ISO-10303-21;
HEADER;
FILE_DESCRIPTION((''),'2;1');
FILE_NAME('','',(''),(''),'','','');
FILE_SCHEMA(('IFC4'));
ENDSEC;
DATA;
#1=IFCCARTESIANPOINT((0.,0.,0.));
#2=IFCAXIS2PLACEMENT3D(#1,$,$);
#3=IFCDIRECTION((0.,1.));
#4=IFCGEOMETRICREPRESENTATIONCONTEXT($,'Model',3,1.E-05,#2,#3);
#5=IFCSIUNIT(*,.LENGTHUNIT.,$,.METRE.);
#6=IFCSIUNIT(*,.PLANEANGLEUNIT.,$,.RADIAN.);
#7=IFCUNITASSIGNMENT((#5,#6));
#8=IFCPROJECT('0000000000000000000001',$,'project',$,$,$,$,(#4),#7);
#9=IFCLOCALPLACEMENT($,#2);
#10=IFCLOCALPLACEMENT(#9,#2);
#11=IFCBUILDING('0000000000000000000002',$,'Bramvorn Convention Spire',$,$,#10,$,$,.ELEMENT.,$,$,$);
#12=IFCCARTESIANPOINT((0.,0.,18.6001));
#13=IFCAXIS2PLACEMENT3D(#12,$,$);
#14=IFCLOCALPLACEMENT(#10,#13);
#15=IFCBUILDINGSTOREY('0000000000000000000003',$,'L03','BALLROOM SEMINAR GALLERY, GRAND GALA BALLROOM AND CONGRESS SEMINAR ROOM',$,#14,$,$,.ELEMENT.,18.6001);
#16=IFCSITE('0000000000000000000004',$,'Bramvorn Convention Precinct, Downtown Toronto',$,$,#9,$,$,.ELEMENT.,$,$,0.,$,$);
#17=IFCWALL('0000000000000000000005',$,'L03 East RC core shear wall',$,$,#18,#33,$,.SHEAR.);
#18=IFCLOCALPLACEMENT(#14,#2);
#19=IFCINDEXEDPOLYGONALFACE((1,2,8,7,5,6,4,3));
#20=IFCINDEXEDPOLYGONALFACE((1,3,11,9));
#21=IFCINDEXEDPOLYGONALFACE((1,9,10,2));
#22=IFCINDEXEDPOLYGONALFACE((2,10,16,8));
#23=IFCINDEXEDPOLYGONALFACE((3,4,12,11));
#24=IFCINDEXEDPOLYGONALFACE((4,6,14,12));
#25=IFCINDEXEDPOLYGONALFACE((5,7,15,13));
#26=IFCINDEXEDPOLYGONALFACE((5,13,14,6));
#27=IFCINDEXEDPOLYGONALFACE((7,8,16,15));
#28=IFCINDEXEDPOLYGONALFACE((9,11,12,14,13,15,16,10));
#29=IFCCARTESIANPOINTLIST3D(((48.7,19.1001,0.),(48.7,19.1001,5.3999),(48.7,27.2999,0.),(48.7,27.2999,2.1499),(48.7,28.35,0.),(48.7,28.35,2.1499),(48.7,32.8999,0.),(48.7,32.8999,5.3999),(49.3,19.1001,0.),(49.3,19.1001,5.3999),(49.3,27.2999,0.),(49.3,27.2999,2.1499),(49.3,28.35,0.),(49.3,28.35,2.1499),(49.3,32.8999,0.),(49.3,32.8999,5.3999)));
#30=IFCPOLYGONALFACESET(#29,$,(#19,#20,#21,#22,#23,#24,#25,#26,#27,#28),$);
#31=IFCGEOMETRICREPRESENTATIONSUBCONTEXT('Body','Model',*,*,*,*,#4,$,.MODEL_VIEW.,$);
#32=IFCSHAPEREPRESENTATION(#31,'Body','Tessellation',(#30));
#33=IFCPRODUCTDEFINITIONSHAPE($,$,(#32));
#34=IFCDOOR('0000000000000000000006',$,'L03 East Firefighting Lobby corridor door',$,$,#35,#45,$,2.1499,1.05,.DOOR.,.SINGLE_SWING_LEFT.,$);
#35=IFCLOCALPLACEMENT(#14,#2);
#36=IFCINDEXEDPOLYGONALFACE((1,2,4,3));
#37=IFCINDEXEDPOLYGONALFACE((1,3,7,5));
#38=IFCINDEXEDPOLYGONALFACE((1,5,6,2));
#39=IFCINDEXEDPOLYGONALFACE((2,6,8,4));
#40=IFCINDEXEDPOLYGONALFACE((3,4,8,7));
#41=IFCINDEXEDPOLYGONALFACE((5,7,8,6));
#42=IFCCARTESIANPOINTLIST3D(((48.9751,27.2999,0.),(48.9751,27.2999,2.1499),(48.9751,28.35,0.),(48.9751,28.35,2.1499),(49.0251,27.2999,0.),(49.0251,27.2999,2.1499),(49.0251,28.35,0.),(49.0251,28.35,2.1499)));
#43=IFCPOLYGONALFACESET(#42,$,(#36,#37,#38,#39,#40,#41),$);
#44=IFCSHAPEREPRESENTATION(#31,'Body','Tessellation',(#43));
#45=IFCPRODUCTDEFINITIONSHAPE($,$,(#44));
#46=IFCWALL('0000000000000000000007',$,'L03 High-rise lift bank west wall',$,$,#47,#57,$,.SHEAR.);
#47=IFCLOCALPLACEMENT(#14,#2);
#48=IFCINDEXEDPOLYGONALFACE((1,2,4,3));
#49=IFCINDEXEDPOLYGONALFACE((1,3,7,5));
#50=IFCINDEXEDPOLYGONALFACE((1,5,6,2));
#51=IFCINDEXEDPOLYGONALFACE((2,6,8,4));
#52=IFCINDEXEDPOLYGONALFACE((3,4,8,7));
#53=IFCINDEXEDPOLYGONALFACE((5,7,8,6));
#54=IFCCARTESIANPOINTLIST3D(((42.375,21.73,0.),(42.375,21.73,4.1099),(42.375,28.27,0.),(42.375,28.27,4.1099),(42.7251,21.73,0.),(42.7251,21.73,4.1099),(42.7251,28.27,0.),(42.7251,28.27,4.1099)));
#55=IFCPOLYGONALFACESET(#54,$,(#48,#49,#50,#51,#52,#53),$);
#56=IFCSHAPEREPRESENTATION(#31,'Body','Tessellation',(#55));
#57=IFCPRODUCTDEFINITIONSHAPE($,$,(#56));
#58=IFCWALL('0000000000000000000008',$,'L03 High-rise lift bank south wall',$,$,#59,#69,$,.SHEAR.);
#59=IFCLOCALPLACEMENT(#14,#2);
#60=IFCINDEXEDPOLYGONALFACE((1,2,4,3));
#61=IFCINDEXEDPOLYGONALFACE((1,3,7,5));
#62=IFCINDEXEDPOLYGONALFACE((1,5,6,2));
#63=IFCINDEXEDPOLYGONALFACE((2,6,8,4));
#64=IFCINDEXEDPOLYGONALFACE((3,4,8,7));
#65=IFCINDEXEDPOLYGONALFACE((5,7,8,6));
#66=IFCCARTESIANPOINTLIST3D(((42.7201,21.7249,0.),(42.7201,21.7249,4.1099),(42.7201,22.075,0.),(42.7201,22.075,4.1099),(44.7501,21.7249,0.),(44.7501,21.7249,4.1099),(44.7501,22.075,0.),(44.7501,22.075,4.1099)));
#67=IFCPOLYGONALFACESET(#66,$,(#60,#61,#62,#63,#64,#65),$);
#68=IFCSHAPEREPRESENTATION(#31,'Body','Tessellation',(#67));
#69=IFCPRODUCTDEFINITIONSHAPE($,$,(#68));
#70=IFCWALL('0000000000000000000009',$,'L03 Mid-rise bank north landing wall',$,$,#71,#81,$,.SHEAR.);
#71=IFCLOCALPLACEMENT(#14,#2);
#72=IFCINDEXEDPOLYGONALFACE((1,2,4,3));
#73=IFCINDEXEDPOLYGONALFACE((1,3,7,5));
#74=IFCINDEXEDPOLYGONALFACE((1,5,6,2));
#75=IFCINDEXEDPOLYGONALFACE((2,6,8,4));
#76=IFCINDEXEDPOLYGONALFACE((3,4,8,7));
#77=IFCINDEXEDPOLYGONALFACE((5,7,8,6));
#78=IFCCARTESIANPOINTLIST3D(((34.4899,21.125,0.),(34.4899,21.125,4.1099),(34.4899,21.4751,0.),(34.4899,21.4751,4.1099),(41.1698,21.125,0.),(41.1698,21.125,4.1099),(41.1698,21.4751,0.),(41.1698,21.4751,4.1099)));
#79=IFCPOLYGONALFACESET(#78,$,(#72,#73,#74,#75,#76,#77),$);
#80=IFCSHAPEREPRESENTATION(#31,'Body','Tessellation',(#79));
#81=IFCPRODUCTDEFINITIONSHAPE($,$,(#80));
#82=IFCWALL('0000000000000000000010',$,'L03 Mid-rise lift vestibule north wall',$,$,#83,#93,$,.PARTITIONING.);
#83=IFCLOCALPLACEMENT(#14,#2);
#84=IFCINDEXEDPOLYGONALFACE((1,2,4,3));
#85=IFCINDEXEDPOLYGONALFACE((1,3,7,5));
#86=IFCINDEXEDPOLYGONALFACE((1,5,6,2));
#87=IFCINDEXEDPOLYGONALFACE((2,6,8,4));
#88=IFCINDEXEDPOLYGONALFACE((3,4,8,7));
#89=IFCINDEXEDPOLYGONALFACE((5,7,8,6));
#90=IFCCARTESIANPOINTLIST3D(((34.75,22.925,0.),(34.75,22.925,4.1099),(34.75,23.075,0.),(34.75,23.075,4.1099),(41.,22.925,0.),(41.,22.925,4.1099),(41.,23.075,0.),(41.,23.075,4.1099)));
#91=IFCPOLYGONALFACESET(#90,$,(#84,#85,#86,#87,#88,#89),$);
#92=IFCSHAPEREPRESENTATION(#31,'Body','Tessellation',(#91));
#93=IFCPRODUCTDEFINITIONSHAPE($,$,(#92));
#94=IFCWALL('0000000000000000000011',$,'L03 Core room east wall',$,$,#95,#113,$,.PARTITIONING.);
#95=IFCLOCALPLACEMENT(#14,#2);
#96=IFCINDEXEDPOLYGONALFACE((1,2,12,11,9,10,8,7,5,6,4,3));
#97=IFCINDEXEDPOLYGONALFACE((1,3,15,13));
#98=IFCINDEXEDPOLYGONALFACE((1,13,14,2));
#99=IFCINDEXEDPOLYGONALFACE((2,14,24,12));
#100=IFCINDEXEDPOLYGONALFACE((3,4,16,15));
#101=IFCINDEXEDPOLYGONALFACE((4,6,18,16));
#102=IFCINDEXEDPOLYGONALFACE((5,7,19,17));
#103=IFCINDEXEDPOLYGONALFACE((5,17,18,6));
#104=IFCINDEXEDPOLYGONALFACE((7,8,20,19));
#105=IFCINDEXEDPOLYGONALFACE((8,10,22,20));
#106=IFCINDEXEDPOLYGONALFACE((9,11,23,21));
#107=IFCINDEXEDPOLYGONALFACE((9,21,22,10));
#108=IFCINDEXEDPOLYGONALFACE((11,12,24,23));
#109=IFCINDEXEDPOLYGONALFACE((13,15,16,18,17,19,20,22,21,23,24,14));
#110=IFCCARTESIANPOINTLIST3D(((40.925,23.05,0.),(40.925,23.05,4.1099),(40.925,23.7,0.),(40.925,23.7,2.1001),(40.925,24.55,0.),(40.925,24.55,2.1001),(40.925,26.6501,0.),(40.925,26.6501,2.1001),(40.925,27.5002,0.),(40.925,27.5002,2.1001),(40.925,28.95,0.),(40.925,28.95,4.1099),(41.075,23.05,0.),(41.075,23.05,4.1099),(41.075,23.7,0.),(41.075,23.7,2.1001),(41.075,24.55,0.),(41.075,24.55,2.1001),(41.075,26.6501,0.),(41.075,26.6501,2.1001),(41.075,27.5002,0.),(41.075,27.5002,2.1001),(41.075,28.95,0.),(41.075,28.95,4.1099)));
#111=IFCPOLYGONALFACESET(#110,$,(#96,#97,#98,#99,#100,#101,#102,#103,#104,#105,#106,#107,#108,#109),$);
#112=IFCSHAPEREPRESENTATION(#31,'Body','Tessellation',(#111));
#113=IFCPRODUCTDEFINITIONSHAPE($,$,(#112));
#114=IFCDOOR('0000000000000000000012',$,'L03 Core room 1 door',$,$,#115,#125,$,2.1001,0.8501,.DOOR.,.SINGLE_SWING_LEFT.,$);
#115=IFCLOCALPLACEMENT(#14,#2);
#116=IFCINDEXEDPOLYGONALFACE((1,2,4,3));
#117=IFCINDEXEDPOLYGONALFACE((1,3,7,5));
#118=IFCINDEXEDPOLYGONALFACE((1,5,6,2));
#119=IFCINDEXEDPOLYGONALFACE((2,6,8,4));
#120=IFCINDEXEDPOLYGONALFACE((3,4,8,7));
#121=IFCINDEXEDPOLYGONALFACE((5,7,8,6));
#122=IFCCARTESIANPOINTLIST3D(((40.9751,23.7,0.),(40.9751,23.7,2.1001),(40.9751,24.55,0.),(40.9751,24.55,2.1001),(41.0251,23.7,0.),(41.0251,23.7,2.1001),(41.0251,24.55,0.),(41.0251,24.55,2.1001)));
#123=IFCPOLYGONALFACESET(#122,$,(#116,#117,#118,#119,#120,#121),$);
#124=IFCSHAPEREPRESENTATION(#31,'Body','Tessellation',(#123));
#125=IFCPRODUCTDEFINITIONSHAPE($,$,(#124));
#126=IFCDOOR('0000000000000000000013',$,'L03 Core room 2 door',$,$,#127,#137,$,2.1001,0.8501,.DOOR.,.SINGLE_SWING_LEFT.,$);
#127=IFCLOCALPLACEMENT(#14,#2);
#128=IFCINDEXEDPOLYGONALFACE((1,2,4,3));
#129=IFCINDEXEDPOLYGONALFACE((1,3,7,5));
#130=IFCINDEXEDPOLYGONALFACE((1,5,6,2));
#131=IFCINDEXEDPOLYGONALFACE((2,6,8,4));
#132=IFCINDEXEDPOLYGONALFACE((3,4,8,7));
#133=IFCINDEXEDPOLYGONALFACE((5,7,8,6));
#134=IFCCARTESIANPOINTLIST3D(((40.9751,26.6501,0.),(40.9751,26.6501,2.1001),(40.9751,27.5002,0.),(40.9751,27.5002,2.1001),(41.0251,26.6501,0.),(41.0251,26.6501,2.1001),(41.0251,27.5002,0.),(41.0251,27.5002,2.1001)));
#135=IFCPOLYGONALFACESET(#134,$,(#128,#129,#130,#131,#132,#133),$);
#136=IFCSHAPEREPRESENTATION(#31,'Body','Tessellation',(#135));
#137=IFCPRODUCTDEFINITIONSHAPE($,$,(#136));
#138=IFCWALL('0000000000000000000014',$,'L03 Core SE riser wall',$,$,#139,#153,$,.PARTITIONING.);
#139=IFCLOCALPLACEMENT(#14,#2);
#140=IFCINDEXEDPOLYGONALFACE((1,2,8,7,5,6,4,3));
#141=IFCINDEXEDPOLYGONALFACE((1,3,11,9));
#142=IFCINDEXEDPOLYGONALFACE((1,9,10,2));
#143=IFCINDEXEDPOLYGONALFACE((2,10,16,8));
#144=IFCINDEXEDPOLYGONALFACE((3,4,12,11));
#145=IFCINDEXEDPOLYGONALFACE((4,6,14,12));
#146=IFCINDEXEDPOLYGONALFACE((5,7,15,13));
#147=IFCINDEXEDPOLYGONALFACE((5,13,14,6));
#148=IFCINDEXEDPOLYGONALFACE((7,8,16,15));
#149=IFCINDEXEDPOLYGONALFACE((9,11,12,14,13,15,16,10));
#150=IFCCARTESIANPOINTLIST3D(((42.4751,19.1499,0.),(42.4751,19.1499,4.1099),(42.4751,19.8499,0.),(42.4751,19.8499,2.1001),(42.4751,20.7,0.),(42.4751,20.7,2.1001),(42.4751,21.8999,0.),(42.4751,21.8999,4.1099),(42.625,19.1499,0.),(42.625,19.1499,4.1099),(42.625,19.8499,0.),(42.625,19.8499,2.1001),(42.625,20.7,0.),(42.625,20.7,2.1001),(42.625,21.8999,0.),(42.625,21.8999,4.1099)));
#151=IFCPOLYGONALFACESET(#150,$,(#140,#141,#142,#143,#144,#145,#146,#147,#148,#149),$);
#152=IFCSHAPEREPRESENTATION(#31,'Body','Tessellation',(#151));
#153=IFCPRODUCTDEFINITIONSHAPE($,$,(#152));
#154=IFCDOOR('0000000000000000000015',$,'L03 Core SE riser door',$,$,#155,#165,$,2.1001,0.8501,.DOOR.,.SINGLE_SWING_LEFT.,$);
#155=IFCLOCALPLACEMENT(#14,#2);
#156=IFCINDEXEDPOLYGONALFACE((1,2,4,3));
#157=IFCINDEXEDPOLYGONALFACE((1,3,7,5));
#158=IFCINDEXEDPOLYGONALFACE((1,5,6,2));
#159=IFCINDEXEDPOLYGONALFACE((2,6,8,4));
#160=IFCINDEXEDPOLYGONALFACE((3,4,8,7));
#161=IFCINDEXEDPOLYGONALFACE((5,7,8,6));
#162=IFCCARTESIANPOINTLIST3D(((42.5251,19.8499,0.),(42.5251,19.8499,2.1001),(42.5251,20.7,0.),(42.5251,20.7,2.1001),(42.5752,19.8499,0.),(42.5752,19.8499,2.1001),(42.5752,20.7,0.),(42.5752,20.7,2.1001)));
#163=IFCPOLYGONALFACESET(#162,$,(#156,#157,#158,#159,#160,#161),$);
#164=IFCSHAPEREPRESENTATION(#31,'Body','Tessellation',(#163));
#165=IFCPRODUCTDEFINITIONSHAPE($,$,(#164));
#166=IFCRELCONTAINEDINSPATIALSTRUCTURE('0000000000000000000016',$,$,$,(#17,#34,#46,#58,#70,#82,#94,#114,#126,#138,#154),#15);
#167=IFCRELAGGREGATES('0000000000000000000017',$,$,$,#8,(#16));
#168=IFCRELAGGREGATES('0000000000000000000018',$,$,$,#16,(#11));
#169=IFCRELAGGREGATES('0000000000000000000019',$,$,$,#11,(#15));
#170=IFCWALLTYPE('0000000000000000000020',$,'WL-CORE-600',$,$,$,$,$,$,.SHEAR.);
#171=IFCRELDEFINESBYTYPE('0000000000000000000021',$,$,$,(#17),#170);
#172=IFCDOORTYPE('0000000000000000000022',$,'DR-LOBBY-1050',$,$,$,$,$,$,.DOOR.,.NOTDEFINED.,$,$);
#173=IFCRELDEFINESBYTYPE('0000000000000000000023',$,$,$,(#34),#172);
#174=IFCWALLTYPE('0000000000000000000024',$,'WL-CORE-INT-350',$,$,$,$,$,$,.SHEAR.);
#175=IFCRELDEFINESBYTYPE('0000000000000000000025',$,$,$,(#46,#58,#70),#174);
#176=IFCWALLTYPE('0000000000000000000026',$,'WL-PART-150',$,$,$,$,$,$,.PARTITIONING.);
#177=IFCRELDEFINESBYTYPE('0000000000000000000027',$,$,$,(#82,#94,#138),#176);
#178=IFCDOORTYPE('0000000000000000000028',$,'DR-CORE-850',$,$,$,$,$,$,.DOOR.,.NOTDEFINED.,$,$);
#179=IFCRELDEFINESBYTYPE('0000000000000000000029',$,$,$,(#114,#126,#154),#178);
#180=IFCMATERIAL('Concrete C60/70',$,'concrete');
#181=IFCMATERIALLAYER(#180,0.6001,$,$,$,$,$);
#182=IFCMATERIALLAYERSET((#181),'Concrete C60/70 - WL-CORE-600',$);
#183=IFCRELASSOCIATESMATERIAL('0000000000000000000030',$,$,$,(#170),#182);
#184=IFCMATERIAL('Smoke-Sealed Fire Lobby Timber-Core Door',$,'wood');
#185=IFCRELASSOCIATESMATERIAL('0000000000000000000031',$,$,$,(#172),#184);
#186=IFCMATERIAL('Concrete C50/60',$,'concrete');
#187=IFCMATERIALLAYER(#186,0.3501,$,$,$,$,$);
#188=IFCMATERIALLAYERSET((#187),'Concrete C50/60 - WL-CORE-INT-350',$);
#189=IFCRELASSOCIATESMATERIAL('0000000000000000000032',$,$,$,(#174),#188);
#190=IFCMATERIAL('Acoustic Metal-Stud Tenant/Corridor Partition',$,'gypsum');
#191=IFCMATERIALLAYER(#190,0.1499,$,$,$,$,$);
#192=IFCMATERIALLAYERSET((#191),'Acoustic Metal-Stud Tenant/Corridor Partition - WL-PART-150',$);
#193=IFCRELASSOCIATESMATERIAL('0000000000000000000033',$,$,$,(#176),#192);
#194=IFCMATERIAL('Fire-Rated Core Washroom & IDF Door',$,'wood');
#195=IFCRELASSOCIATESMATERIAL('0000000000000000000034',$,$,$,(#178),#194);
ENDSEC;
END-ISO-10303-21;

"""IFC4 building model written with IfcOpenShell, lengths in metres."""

from ifc_helpers import new_model, si_unit, direction, frame, frame_2d, origin, place, context, subcontext, project, spatial, rectangle, extrude, material, layer, layer_set, type_object, element, fill, save


model = new_model("IFC4")

# Units and contexts
model_context = context("Model", 3, precision=1e-05, world=origin(), true_north=direction((0.0, 1.0)))
body_context = subcontext(model_context, "Body", "Model", "MODEL_VIEW")
ifc_project = project(units=[si_unit("LENGTHUNIT", "METRE"), si_unit("PLANEANGLEUNIT", "RADIAN")], contexts=[model_context])

# Site, building, storey
site_placement = place(None, origin())
site = spatial("IfcSite", under=ifc_project, at=site_placement, Name="Bramvorn Convention Precinct, Downtown Toronto", CompositionType="ELEMENT", RefElevation=0.0)
building_placement = place(site_placement, origin())
building = spatial("IfcBuilding", under=site, at=building_placement, Name="Bramvorn Convention Spire", CompositionType="ELEMENT")
storey_placement = place(building_placement, frame((0.0, 0.0, 18.6001)))
storey = spatial("IfcBuildingStorey", under=building, at=storey_placement, Name="L03", Description="BALLROOM SEMINAR GALLERY, GRAND GALA BALLROOM AND CONGRESS SEMINAR ROOM", CompositionType="ELEMENT", Elevation=18.6001)

# Wall, opening, door
ifc_material_1 = material(Name="Concrete C60/70", Category="concrete")
ifc_layer_1 = layer(ifc_material_1, 0.6001)
ifc_layer_set_1 = layer_set([ifc_layer_1], Name="Concrete C60/70 - WL-CORE-600")
wall_type_1 = type_object("IfcWallType", Name="WL-CORE-600", PredefinedType="SHEAR", material=ifc_layer_set_1)
wall_1_placement = place(storey_placement, frame((49.0, 19.1001, 0.0), z_axis=(0.0, 0.0, 1.0), x_axis=(0.0, 1.0, 0.0)))
wall_1 = element("IfcWall", 1, at=wall_1_placement, inside=storey, type_object=wall_type_1, Name="L03 East RC core shear wall", PredefinedType="SHEAR", context=body_context, shape_type="SweptSolid", body=[
    extrude(rectangle(XDim=13.7998, YDim=0.6001, at=frame_2d((6.8999, 0.0))), origin(), (0.0, 0.0, 1.0), 5.3999),
])
opening_1_placement = place(wall_1_placement, frame((8.2, 0.0, 0.0)))
opening_1 = element("IfcOpeningElement", 2, at=opening_1_placement, cuts=wall_1, PredefinedType="OPENING", context=body_context, shape_type="SweptSolid", body=[
    extrude(rectangle(XDim=1.05, YDim=2.1499, at=frame_2d((0.5249, 1.075))), frame((0.0, 0.3101, 0.0), z_axis=(0.0, -1.0, 0.0), x_axis=(1.0, 0.0, 0.0)), (0.0, 0.0, 1.0), 0.6201),
])
ifc_material_2 = material(Name="Smoke-Sealed Fire Lobby Timber-Core Door", Category="wood")
door_type_1 = type_object("IfcDoorType", Name="DR-LOBBY-1050", OperationType="NOTDEFINED", PredefinedType="DOOR", material=ifc_material_2)
door_1_placement = place(opening_1_placement, origin())
door_1 = element("IfcDoor", 3, at=door_1_placement, inside=storey, type_object=door_type_1, Name="L03 East Firefighting Lobby corridor door", OperationType="SINGLE_SWING_LEFT", OverallHeight=2.1499, OverallWidth=1.05, PredefinedType="DOOR", context=body_context, shape_type="SweptSolid", body=[
    extrude(rectangle(XDim=1.05, YDim=2.1499, at=frame_2d((0.5249, 1.075))), frame((0.0, 0.0249, 0.0), z_axis=(0.0, -1.0, 0.0), x_axis=(1.0, 0.0, 0.0)), (0.0, 0.0, 1.0), 0.05),
])
fill(opening_1, door_1)

# Walls
ifc_material_3 = material(Name="Concrete C50/60", Category="concrete")
ifc_layer_2 = layer(ifc_material_3, 0.3501)
ifc_layer_set_2 = layer_set([ifc_layer_2], Name="Concrete C50/60 - WL-CORE-INT-350")
wall_type_2 = type_object("IfcWallType", Name="WL-CORE-INT-350", PredefinedType="SHEAR", material=ifc_layer_set_2)
wall_2_placement = place(storey_placement, frame((42.55, 21.73, 0.0), z_axis=(0.0, 0.0, 1.0), x_axis=(0.0, 1.0, 0.0)))
element("IfcWall", 4, at=wall_2_placement, inside=storey, type_object=wall_type_2, Name="L03 High-rise lift bank west wall", PredefinedType="SHEAR", context=body_context, shape_type="SweptSolid", body=[
    extrude(rectangle(XDim=6.54, YDim=0.3501, at=frame_2d((3.27, 0.0))), origin(), (0.0, 0.0, 1.0), 4.1099),
])
wall_3_placement = place(storey_placement, frame((42.72, 21.8999, 0.0), z_axis=(0.0, 0.0, 1.0), x_axis=(1.0, 0.0, 0.0)))
element("IfcWall", 5, at=wall_3_placement, inside=storey, type_object=wall_type_2, Name="L03 High-rise lift bank south wall", PredefinedType="SHEAR", context=body_context, shape_type="SweptSolid", body=[
    extrude(rectangle(XDim=2.03, YDim=0.3501, at=frame_2d((1.0151, 0.0))), origin(), (0.0, 0.0, 1.0), 4.1099),
])
wall_4_placement = place(storey_placement, frame((34.49, 21.3, 0.0), z_axis=(0.0, 0.0, 1.0), x_axis=(1.0, 0.0, 0.0)))
element("IfcWall", 6, at=wall_4_placement, inside=storey, type_object=wall_type_2, Name="L03 Mid-rise bank north landing wall", PredefinedType="SHEAR", context=body_context, shape_type="SweptSolid", body=[
    extrude(rectangle(XDim=6.6799, YDim=0.3501, at=frame_2d((3.3398, 0.0))), origin(), (0.0, 0.0, 1.0), 4.1099),
])
ifc_material_4 = material(Name="Acoustic Metal-Stud Tenant/Corridor Partition", Category="gypsum")
ifc_layer_3 = layer(ifc_material_4, 0.1499)
ifc_layer_set_3 = layer_set([ifc_layer_3], Name="Acoustic Metal-Stud Tenant/Corridor Partition - WL-PART-150")
wall_type_3 = type_object("IfcWallType", Name="WL-PART-150", PredefinedType="PARTITIONING", material=ifc_layer_set_3)
wall_5_placement = place(storey_placement, frame((34.75, 23.0, 0.0), z_axis=(0.0, 0.0, 1.0), x_axis=(1.0, 0.0, 0.0)))
element("IfcWall", 7, at=wall_5_placement, inside=storey, type_object=wall_type_3, Name="L03 Mid-rise lift vestibule north wall", PredefinedType="PARTITIONING", context=body_context, shape_type="SweptSolid", body=[
    extrude(rectangle(XDim=6.25, YDim=0.1499, at=frame_2d((3.125, 0.0))), origin(), (0.0, 0.0, 1.0), 4.1099),
])

# Wall, openings, doors
wall_6_placement = place(storey_placement, frame((41.0, 23.05, 0.0), z_axis=(0.0, 0.0, 1.0), x_axis=(0.0, 1.0, 0.0)))
wall_6 = element("IfcWall", 8, at=wall_6_placement, inside=storey, type_object=wall_type_3, Name="L03 Core room east wall", PredefinedType="PARTITIONING", context=body_context, shape_type="SweptSolid", body=[
    extrude(rectangle(XDim=5.8999, YDim=0.1499, at=frame_2d((2.95, 0.0))), origin(), (0.0, 0.0, 1.0), 4.1099),
])
opening_2_placement = place(wall_6_placement, frame((0.6499, 0.0, 0.0)))
opening_2 = element("IfcOpeningElement", 9, at=opening_2_placement, cuts=wall_6, PredefinedType="OPENING", context=body_context, shape_type="SweptSolid", body=[
    extrude(rectangle(XDim=0.8501, YDim=2.1001, at=frame_2d((0.425, 1.05))), frame((0.0, 0.085, 0.0), z_axis=(0.0, -1.0, 0.0), x_axis=(1.0, 0.0, 0.0)), (0.0, 0.0, 1.0), 0.1699),
])
opening_3_placement = place(wall_6_placement, frame((3.6001, 0.0, 0.0)))
opening_3 = element("IfcOpeningElement", 10, at=opening_3_placement, cuts=wall_6, PredefinedType="OPENING", context=body_context, shape_type="SweptSolid", body=[
    extrude(rectangle(XDim=0.8501, YDim=2.1001, at=frame_2d((0.425, 1.05))), frame((0.0, 0.085, 0.0), z_axis=(0.0, -1.0, 0.0), x_axis=(1.0, 0.0, 0.0)), (0.0, 0.0, 1.0), 0.1699),
])
ifc_material_5 = material(Name="Fire-Rated Core Washroom & IDF Door", Category="wood")
door_type_2 = type_object("IfcDoorType", Name="DR-CORE-850", OperationType="NOTDEFINED", PredefinedType="DOOR", material=ifc_material_5)
door_2_placement = place(opening_2_placement, origin())
door_2 = element("IfcDoor", 11, at=door_2_placement, inside=storey, type_object=door_type_2, Name="L03 Core room 1 door", OperationType="SINGLE_SWING_LEFT", OverallHeight=2.1001, OverallWidth=0.8501, PredefinedType="DOOR", context=body_context, shape_type="SweptSolid", body=[
    extrude(rectangle(XDim=0.8501, YDim=2.1001, at=frame_2d((0.425, 1.05))), frame((0.0, 0.0249, 0.0), z_axis=(0.0, -1.0, 0.0), x_axis=(1.0, 0.0, 0.0)), (0.0, 0.0, 1.0), 0.05),
])
fill(opening_2, door_2)
door_3_placement = place(opening_3_placement, origin())
door_3 = element("IfcDoor", 12, at=door_3_placement, inside=storey, type_object=door_type_2, Name="L03 Core room 2 door", OperationType="SINGLE_SWING_LEFT", OverallHeight=2.1001, OverallWidth=0.8501, PredefinedType="DOOR", context=body_context, shape_type="SweptSolid", body=[
    extrude(rectangle(XDim=0.8501, YDim=2.1001, at=frame_2d((0.425, 1.05))), frame((0.0, 0.0249, 0.0), z_axis=(0.0, -1.0, 0.0), x_axis=(1.0, 0.0, 0.0)), (0.0, 0.0, 1.0), 0.05),
])
fill(opening_3, door_3)

# Wall, opening, door
wall_7_placement = place(storey_placement, frame((42.55, 19.1499, 0.0), z_axis=(0.0, 0.0, 1.0), x_axis=(0.0, 1.0, 0.0)))
wall_7 = element("IfcWall", 13, at=wall_7_placement, inside=storey, type_object=wall_type_3, Name="L03 Core SE riser wall", PredefinedType="PARTITIONING", context=body_context, shape_type="SweptSolid", body=[
    extrude(rectangle(XDim=2.75, YDim=0.1499, at=frame_2d((1.375, 0.0))), origin(), (0.0, 0.0, 1.0), 4.1099),
])
opening_4_placement = place(wall_7_placement, frame((0.7, 0.0, 0.0)))
opening_4 = element("IfcOpeningElement", 14, at=opening_4_placement, cuts=wall_7, PredefinedType="OPENING", context=body_context, shape_type="SweptSolid", body=[
    extrude(rectangle(XDim=0.8501, YDim=2.1001, at=frame_2d((0.425, 1.05))), frame((0.0, 0.085, 0.0), z_axis=(0.0, -1.0, 0.0), x_axis=(1.0, 0.0, 0.0)), (0.0, 0.0, 1.0), 0.1699),
])
door_4_placement = place(opening_4_placement, origin())
door_4 = element("IfcDoor", 15, at=door_4_placement, inside=storey, type_object=door_type_2, Name="L03 Core SE riser door", OperationType="SINGLE_SWING_LEFT", OverallHeight=2.1001, OverallWidth=0.8501, PredefinedType="DOOR", context=body_context, shape_type="SweptSolid", body=[
    extrude(rectangle(XDim=0.8501, YDim=2.1001, at=frame_2d((0.425, 1.05))), frame((0.0, 0.0249, 0.0), z_axis=(0.0, -1.0, 0.0), x_axis=(1.0, 0.0, 0.0)), (0.0, 0.0, 1.0), 0.05),
])
fill(opening_4, door_4)

save(model, "model.ifc")
